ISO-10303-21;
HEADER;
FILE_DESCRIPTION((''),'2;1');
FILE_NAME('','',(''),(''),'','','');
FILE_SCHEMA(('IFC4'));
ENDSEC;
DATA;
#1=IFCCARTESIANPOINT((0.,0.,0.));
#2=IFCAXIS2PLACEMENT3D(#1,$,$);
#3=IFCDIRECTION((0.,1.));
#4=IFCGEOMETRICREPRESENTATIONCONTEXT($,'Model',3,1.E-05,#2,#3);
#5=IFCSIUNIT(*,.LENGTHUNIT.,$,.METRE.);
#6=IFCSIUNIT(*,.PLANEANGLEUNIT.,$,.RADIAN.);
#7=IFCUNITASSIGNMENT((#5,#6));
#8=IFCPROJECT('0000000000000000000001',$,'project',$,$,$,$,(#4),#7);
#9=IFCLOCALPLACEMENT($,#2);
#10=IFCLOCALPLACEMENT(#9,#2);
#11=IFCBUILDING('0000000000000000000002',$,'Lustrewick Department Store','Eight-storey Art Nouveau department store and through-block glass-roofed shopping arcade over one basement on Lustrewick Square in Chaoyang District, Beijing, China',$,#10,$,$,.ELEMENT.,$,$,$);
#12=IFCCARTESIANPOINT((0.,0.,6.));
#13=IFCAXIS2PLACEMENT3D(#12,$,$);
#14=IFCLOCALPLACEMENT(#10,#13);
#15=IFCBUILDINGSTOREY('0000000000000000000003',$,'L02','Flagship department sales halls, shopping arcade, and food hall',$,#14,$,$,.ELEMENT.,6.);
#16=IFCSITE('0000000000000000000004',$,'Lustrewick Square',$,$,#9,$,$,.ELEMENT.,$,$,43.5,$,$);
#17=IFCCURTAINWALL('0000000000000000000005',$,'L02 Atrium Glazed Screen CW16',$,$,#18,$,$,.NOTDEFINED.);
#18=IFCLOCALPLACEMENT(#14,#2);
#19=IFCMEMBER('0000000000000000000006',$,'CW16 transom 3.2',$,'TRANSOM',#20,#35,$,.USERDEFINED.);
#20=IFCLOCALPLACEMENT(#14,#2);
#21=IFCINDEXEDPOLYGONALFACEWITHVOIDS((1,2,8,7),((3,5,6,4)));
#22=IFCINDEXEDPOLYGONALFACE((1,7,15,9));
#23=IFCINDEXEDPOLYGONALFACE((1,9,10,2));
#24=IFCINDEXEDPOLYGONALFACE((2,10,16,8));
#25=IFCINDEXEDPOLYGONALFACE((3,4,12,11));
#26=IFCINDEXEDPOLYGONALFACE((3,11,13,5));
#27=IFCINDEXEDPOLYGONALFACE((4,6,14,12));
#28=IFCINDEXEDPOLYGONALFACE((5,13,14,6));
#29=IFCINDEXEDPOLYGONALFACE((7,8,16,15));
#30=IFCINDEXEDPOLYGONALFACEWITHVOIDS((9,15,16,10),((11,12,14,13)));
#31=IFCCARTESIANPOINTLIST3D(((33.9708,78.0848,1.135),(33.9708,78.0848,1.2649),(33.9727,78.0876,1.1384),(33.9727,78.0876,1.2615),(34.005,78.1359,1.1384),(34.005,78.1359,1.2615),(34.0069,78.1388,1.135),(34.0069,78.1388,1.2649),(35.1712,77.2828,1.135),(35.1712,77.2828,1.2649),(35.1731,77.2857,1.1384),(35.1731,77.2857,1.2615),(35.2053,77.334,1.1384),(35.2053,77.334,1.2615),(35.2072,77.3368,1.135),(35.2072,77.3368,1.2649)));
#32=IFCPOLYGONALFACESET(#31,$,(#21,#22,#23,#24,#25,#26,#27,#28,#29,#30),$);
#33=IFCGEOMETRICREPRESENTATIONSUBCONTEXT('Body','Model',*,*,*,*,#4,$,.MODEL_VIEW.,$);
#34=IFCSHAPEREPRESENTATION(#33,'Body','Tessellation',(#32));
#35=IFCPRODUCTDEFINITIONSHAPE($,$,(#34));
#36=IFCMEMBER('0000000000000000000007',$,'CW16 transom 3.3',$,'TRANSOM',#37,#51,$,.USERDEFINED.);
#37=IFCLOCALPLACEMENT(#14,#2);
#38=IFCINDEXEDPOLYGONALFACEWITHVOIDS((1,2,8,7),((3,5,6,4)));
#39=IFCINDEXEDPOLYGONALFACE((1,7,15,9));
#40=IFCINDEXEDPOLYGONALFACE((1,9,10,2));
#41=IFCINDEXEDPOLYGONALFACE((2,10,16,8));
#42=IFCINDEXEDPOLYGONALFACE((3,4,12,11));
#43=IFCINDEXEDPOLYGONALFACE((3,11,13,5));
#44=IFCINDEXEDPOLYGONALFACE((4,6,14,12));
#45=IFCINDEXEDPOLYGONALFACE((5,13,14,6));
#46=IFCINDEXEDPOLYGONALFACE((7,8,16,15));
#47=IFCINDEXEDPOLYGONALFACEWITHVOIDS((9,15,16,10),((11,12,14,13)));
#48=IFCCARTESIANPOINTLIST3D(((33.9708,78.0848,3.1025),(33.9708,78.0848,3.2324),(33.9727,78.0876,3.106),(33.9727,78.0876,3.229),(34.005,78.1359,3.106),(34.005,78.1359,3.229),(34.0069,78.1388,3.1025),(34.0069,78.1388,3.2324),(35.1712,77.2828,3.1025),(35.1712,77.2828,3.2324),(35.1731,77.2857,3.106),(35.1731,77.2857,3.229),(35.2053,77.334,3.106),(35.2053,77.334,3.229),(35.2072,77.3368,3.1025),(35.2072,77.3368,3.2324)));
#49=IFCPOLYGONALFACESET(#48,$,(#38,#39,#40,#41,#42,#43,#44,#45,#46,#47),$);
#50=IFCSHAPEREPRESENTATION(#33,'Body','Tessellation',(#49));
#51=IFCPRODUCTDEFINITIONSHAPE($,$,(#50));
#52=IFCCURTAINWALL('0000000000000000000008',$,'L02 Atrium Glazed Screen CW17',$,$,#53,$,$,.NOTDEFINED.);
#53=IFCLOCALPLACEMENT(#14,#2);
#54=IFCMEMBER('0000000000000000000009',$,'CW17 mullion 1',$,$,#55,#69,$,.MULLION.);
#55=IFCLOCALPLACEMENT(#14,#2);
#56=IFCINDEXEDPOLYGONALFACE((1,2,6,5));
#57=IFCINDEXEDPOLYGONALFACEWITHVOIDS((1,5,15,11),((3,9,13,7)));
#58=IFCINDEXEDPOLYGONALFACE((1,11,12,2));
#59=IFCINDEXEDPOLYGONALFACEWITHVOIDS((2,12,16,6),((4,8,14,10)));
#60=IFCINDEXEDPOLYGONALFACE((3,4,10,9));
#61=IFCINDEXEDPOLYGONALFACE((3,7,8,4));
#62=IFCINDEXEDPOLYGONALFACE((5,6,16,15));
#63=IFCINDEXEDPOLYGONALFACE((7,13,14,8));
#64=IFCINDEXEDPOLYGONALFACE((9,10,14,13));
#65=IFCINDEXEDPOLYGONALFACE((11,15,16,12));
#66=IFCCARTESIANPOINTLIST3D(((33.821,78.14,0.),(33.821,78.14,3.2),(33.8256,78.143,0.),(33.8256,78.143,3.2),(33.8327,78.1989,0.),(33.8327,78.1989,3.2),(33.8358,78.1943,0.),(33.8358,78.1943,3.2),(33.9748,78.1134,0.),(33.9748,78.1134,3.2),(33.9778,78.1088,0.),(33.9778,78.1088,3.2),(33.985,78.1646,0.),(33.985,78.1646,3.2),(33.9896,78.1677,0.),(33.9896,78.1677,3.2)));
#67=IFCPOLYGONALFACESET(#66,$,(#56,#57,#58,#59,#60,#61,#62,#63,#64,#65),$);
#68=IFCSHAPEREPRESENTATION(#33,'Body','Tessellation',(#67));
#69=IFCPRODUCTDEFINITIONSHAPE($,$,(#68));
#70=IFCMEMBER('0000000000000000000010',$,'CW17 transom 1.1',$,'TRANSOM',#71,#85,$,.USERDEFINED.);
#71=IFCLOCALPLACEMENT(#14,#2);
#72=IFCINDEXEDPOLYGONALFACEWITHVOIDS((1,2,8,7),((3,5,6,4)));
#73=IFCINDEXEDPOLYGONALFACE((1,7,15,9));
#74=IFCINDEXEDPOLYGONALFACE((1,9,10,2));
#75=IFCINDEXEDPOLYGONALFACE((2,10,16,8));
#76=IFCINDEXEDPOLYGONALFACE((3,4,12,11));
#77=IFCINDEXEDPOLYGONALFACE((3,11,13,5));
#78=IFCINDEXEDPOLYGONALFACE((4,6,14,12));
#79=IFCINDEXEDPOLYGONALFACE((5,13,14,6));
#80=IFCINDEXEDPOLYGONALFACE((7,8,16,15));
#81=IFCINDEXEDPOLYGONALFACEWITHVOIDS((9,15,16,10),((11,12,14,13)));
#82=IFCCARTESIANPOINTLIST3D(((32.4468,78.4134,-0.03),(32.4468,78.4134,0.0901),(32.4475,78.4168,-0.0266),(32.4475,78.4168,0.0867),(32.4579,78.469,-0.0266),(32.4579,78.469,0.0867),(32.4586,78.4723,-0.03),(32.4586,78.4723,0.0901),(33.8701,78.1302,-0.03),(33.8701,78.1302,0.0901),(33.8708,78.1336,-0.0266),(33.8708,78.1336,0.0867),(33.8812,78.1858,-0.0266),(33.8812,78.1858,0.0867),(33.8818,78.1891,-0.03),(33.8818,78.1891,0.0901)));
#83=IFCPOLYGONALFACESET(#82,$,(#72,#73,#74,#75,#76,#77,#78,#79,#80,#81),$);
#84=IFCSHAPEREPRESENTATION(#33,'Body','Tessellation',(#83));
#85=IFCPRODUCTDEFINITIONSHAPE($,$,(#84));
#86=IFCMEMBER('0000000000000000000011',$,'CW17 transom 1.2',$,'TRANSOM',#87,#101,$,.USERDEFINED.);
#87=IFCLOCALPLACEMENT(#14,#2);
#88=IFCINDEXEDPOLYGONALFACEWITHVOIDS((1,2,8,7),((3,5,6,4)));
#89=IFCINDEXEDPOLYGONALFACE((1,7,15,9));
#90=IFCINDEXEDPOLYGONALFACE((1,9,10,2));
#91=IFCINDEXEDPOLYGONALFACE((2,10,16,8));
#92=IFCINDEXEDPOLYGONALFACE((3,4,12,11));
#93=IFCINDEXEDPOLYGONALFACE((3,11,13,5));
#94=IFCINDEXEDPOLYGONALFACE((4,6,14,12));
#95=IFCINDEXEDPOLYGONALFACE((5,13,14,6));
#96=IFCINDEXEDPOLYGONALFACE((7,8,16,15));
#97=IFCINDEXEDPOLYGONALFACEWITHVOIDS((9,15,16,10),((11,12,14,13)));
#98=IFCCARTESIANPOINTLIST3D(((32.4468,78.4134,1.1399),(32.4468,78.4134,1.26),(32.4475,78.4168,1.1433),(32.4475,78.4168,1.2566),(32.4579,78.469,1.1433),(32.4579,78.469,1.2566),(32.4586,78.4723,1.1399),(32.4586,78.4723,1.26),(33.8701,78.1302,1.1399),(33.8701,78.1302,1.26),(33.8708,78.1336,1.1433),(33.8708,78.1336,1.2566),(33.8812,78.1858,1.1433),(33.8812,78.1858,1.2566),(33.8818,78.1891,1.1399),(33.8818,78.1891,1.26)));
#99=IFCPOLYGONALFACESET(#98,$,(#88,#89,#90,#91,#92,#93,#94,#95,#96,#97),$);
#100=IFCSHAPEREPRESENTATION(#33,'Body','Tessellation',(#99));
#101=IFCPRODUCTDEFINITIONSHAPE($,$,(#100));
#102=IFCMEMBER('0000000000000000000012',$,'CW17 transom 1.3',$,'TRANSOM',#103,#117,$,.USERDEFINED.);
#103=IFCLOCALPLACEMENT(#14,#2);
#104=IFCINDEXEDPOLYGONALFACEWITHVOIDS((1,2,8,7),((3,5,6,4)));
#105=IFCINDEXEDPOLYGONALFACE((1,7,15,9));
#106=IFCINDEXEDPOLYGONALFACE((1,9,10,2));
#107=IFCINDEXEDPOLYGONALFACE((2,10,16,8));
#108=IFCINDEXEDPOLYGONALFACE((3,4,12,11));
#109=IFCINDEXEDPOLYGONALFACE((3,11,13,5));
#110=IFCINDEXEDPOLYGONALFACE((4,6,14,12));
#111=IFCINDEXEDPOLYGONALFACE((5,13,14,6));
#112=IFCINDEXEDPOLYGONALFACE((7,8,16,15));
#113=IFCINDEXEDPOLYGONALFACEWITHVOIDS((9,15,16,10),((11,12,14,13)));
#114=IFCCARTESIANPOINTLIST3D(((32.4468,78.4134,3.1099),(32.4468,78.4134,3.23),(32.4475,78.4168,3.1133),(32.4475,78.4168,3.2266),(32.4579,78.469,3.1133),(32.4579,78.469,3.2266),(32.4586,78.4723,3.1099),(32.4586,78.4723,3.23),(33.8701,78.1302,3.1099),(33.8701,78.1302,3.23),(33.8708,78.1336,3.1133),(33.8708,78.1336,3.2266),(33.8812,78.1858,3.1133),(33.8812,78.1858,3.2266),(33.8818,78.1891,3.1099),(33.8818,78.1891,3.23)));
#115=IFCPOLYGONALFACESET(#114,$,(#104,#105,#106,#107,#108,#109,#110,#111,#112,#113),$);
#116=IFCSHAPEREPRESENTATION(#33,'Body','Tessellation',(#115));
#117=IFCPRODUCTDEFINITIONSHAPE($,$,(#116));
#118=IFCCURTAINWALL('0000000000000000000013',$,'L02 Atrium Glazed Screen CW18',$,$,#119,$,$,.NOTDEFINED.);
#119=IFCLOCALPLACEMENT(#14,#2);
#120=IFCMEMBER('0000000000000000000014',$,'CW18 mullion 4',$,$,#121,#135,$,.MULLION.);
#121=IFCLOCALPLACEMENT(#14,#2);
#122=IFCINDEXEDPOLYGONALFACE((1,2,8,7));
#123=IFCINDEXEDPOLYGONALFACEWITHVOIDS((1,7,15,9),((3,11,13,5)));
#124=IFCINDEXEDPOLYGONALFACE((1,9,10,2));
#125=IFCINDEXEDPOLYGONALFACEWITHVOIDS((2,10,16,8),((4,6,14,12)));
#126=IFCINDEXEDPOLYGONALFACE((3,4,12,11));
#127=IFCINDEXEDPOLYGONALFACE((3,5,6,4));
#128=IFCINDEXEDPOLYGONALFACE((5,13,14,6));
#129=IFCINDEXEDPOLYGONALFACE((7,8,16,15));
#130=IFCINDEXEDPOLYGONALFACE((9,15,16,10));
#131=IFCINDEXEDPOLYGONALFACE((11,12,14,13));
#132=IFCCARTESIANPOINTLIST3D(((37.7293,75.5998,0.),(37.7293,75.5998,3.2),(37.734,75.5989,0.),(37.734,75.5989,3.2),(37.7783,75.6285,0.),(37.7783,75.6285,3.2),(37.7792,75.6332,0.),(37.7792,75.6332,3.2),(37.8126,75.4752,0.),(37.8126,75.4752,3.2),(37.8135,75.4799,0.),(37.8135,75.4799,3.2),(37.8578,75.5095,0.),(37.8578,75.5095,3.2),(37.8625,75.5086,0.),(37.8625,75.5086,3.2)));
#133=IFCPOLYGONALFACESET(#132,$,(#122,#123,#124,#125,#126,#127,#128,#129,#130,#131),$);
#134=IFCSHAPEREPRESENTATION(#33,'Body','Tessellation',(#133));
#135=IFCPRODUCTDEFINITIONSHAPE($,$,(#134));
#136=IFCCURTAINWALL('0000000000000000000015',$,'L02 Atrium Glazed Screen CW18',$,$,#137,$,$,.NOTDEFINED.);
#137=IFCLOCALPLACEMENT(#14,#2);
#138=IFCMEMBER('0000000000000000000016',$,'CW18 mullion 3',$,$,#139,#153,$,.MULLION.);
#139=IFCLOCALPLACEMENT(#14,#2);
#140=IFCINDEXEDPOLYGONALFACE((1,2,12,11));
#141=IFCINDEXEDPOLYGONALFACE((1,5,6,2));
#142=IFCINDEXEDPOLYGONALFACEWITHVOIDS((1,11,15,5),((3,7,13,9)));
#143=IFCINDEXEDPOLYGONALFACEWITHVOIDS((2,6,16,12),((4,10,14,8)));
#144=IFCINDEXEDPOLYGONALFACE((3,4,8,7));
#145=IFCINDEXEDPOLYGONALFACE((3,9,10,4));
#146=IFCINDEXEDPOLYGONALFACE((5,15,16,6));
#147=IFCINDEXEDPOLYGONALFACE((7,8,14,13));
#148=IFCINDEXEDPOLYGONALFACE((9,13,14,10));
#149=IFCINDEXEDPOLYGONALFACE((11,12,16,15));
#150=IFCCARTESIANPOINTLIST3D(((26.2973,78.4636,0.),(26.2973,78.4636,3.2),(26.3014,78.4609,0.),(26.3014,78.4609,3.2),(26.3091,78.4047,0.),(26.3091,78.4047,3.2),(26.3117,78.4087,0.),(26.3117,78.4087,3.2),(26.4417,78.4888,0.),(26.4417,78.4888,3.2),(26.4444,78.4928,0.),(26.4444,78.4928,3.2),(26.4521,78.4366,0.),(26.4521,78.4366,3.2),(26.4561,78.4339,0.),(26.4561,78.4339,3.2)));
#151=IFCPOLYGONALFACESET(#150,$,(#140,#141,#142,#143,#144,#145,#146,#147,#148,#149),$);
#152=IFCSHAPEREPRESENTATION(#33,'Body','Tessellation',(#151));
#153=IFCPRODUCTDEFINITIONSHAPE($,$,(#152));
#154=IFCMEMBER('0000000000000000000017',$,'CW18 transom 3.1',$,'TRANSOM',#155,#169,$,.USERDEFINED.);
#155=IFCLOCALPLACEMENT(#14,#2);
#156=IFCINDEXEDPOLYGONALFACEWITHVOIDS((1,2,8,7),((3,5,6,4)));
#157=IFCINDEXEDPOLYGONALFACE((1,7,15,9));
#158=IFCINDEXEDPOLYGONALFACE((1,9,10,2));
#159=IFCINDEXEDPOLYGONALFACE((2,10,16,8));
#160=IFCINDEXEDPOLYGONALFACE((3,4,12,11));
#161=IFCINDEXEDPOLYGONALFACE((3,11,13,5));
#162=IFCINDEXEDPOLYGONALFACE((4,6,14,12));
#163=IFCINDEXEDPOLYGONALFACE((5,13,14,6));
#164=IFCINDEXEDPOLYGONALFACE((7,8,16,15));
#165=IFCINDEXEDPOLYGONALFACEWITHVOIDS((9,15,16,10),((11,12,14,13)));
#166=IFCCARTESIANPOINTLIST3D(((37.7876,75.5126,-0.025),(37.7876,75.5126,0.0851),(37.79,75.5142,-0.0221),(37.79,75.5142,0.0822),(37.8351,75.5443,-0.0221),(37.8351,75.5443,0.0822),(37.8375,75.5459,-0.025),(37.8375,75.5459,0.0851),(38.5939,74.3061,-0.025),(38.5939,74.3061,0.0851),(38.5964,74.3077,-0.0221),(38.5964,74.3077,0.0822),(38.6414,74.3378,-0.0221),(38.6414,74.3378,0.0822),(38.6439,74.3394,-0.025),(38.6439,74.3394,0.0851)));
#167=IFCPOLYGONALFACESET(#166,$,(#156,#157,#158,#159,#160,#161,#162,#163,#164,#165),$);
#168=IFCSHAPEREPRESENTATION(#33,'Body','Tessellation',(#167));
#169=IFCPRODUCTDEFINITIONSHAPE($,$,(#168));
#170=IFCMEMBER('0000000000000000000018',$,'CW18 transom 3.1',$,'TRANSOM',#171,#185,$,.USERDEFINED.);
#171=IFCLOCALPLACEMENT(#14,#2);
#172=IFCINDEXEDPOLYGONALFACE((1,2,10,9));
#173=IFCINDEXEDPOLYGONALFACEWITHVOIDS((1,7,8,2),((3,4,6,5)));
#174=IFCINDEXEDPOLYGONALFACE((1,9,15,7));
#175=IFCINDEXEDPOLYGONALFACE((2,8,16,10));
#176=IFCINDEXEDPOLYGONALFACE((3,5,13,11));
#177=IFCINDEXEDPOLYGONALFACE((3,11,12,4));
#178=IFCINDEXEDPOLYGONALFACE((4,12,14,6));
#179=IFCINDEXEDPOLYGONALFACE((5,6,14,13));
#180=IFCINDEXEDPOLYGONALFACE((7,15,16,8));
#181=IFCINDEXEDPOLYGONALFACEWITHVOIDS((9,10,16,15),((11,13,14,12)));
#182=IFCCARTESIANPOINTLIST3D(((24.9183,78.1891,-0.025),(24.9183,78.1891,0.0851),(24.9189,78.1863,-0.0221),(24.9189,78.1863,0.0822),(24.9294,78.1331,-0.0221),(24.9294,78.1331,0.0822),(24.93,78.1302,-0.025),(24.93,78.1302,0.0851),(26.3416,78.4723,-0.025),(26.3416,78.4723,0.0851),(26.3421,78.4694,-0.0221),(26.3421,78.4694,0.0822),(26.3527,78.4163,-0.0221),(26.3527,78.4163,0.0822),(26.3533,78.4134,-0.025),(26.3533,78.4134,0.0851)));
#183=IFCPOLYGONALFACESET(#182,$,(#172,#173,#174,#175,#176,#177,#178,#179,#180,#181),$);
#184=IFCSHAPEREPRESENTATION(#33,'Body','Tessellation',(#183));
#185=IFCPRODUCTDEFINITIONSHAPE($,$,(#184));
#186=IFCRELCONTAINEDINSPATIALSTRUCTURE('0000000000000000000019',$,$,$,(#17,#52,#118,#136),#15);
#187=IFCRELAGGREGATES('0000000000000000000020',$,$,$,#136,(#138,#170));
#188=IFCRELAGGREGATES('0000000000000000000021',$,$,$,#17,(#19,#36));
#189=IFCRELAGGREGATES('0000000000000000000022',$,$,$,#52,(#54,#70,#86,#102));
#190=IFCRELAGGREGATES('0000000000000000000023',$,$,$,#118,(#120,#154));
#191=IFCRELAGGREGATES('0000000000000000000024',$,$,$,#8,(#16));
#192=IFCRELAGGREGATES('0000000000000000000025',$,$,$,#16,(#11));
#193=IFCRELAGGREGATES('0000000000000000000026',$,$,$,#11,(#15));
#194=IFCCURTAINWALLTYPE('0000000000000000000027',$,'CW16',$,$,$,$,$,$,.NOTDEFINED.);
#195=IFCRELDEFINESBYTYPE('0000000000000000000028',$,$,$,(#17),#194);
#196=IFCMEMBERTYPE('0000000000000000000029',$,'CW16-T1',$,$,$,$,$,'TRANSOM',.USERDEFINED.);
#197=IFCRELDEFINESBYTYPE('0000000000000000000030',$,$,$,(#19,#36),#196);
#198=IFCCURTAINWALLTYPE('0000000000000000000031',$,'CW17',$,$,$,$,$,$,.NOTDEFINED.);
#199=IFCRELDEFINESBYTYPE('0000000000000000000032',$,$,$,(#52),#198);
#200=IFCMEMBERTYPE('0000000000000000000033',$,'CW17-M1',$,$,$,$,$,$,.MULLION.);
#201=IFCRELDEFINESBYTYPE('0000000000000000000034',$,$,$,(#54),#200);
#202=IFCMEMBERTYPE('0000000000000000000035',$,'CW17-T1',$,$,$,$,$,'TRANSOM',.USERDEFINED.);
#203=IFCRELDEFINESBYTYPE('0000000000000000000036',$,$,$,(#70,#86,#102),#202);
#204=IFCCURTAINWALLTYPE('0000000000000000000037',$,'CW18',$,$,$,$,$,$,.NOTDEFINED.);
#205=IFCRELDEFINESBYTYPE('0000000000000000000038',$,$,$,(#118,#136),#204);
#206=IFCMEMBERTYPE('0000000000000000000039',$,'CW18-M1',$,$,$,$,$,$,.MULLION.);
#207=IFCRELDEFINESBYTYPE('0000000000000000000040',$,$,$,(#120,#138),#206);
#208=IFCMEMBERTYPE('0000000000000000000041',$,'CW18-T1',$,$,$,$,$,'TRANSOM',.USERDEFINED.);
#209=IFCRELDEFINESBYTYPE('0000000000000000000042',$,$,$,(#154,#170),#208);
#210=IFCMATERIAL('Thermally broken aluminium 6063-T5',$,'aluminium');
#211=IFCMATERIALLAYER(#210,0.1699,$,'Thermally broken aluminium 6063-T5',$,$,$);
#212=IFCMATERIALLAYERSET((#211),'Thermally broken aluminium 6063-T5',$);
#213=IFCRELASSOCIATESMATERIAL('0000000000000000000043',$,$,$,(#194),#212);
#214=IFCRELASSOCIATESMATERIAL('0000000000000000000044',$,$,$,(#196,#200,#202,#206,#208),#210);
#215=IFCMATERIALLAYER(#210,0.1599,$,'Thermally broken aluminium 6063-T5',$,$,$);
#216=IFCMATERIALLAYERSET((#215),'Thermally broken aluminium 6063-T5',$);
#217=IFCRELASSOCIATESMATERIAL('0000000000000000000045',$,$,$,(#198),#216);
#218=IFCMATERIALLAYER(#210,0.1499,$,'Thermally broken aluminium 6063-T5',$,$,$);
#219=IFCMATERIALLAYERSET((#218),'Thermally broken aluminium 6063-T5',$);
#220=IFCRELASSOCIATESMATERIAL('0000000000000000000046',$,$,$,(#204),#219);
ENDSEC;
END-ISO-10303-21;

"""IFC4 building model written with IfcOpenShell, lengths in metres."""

from ifc_helpers import new_model, si_unit, direction, frame, origin, origin_2d, place, context, subcontext, project, spatial, hollow_rectangle, extrude, material, layer, layer_set, material_profile, profile_set, type_object, element, aggregate, save


model = new_model("IFC4")

# Units and contexts
model_context = context("Model", 3, precision=1e-05, world=origin(), true_north=direction((0.0, 1.0)))
body_context = subcontext(model_context, "Body", "Model", "MODEL_VIEW")
ifc_project = project(units=[si_unit("LENGTHUNIT", "METRE"), si_unit("PLANEANGLEUNIT", "RADIAN")], contexts=[model_context])

# Site, building, storey
site_placement = place(None, origin())
site = spatial("IfcSite", under=ifc_project, at=site_placement, Name="Lustrewick Square", CompositionType="ELEMENT", RefElevation=43.5)
building_placement = place(site_placement, origin())
building = spatial("IfcBuilding", under=site, at=building_placement, Name="Lustrewick Department Store", Description="Eight-storey Art Nouveau department store and through-block glass-roofed shopping arcade over one basement on Lustrewick Square in Chaoyang District, Beijing, China", CompositionType="ELEMENT")
storey_placement = place(building_placement, frame((0.0, 0.0, 6.0)))
storey = spatial("IfcBuildingStorey", under=building, at=storey_placement, Name="L02", Description="Flagship department sales halls, shopping arcade, and food hall", CompositionType="ELEMENT", Elevation=6.0)

# Curtain walls, members
ifc_material_1 = material(Name="Thermally broken aluminium 6063-T5", Category="aluminium")
ifc_layer_1 = layer(ifc_material_1, 0.1699, Name="Thermally broken aluminium 6063-T5")
ifc_layer_set_1 = layer_set([ifc_layer_1], Name="Thermally broken aluminium 6063-T5")
curtain_wall_type_1 = type_object("IfcCurtainWallType", Name="CW16", PredefinedType="NOTDEFINED", material=ifc_layer_set_1)
curtain_wall_1_placement = place(storey_placement, origin())
curtain_wall_1 = element("IfcCurtainWall", 1, at=curtain_wall_1_placement, inside=storey, type_object=curtain_wall_type_1, Name="L02 Atrium Glazed Screen CW16", PredefinedType="NOTDEFINED")
ifc_material_profile_1 = material_profile(ifc_material_1, hollow_rectangle(XDim=0.0649, YDim=0.1299, WallThickness=0.0034, at=origin_2d()), Name="ALU-T 65x130x3.5")
ifc_profile_set_1 = profile_set([ifc_material_profile_1], Name="Thermally broken aluminium 6063-T5")
member_type_1 = type_object("IfcMemberType", Name="CW16-T1", ElementType="TRANSOM", PredefinedType="USERDEFINED", material=ifc_profile_set_1)
member_1_placement = place(storey_placement, frame((35.1892, 77.3098, 1.2), z_axis=(-0.831504, 0.555519, 0.0), x_axis=(-0.555519, -0.831504, 0.0)))
member_1 = element("IfcMember", 2, at=member_1_placement, type_object=member_type_1, Name="CW16 transom 3.2", ObjectType="TRANSOM", PredefinedType="USERDEFINED", context=body_context, shape_type="SweptSolid", body=[
    extrude(hollow_rectangle(XDim=0.0649, YDim=0.1299, WallThickness=0.0034, at=origin_2d()), origin(), (0.0, 0.0, 1.0), 1.4436),
])
member_2_placement = place(storey_placement, frame((35.1892, 77.3098, 3.1675), z_axis=(-0.831504, 0.555519, 0.0), x_axis=(-0.555519, -0.831504, 0.0)))
member_2 = element("IfcMember", 3, at=member_2_placement, type_object=member_type_1, Name="CW16 transom 3.3", ObjectType="TRANSOM", PredefinedType="USERDEFINED", context=body_context, shape_type="SweptSolid", body=[
    extrude(hollow_rectangle(XDim=0.0649, YDim=0.1299, WallThickness=0.0034, at=origin_2d()), origin(), (0.0, 0.0, 1.0), 1.4436),
])
ifc_layer_2 = layer(ifc_material_1, 0.1599, Name="Thermally broken aluminium 6063-T5")
ifc_layer_set_2 = layer_set([ifc_layer_2], Name="Thermally broken aluminium 6063-T5")
curtain_wall_type_2 = type_object("IfcCurtainWallType", Name="CW17", PredefinedType="NOTDEFINED", material=ifc_layer_set_2)
curtain_wall_2_placement = place(storey_placement, origin())
curtain_wall_2 = element("IfcCurtainWall", 4, at=curtain_wall_2_placement, inside=storey, type_object=curtain_wall_type_2, Name="L02 Atrium Glazed Screen CW17", PredefinedType="NOTDEFINED")
ifc_material_profile_2 = material_profile(ifc_material_1, hollow_rectangle(XDim=0.0601, YDim=0.1599, WallThickness=0.0039, at=origin_2d()), Name="ALU-M 60x160x4")
ifc_profile_set_2 = profile_set([ifc_material_profile_2], Name="Thermally broken aluminium 6063-T5")
member_type_2 = type_object("IfcMemberType", Name="CW17-M1", PredefinedType="MULLION", material=ifc_profile_set_2)
member_3_placement = place(storey_placement, frame((33.9053, 78.1538, 0.0), z_axis=(0.0, 0.0, 1.0), x_axis=(-0.195085, -0.980786, 0.0)))
member_3 = element("IfcMember", 5, at=member_3_placement, type_object=member_type_2, Name="CW17 mullion 1", PredefinedType="MULLION", context=body_context, shape_type="SweptSolid", body=[
    extrude(hollow_rectangle(XDim=0.0601, YDim=0.1599, WallThickness=0.0039, at=origin_2d()), origin(), (0.0, 0.0, 1.0), 3.2),
])
ifc_material_profile_3 = material_profile(ifc_material_1, hollow_rectangle(XDim=0.0601, YDim=0.1201, WallThickness=0.0034, at=origin_2d()), Name="ALU-T 60x120x3.5")
ifc_profile_set_3 = profile_set([ifc_material_profile_3], Name="Thermally broken aluminium 6063-T5")
member_type_3 = type_object("IfcMemberType", Name="CW17-T1", ElementType="TRANSOM", PredefinedType="USERDEFINED", material=ifc_profile_set_3)
member_4_placement = place(storey_placement, frame((33.876, 78.1597, 0.03), z_axis=(-0.980774, 0.195145, 0.0), x_axis=(-0.195145, -0.980774, 0.0)))
member_4 = element("IfcMember", 6, at=member_4_placement, type_object=member_type_3, Name="CW17 transom 1.1", ObjectType="TRANSOM", PredefinedType="USERDEFINED", context=body_context, shape_type="SweptSolid", body=[
    extrude(hollow_rectangle(XDim=0.0601, YDim=0.1201, WallThickness=0.0034, at=origin_2d()), origin(), (0.0, 0.0, 1.0), 1.4512),
])
member_5_placement = place(storey_placement, frame((33.876, 78.1597, 1.2), z_axis=(-0.980774, 0.195145, 0.0), x_axis=(-0.195145, -0.980774, 0.0)))
member_5 = element("IfcMember", 7, at=member_5_placement, type_object=member_type_3, Name="CW17 transom 1.2", ObjectType="TRANSOM", PredefinedType="USERDEFINED", context=body_context, shape_type="SweptSolid", body=[
    extrude(hollow_rectangle(XDim=0.0601, YDim=0.1201, WallThickness=0.0034, at=origin_2d()), origin(), (0.0, 0.0, 1.0), 1.4512),
])
member_6_placement = place(storey_placement, frame((33.876, 78.1597, 3.1699), z_axis=(-0.980774, 0.195145, 0.0), x_axis=(-0.195145, -0.980774, 0.0)))
member_6 = element("IfcMember", 8, at=member_6_placement, type_object=member_type_3, Name="CW17 transom 1.3", ObjectType="TRANSOM", PredefinedType="USERDEFINED", context=body_context, shape_type="SweptSolid", body=[
    extrude(hollow_rectangle(XDim=0.0601, YDim=0.1201, WallThickness=0.0034, at=origin_2d()), origin(), (0.0, 0.0, 1.0), 1.4512),
])

# Curtain walls, members
ifc_layer_3 = layer(ifc_material_1, 0.1499, Name="Thermally broken aluminium 6063-T5")
ifc_layer_set_3 = layer_set([ifc_layer_3], Name="Thermally broken aluminium 6063-T5")
curtain_wall_type_3 = type_object("IfcCurtainWallType", Name="CW18", PredefinedType="NOTDEFINED", material=ifc_layer_set_3)
curtain_wall_3_placement = place(storey_placement, origin())
curtain_wall_3 = element("IfcCurtainWall", 9, at=curtain_wall_3_placement, inside=storey, type_object=curtain_wall_type_3, Name="L02 Atrium Glazed Screen CW18", PredefinedType="NOTDEFINED")
ifc_material_profile_4 = material_profile(ifc_material_1, hollow_rectangle(XDim=0.0601, YDim=0.1499, WallThickness=0.0034, at=origin_2d()), Name="ALU-M 60x150x3.5")
ifc_profile_set_4 = profile_set([ifc_material_profile_4], Name="Thermally broken aluminium 6063-T5")
member_type_4 = type_object("IfcMemberType", Name="CW18-M1", PredefinedType="MULLION", material=ifc_profile_set_4)
member_7_placement = place(storey_placement, frame((37.7959, 75.5542, 0.0), z_axis=(0.0, 0.0, 1.0), x_axis=(-0.831464, -0.555578, 0.0)))
member_7 = element("IfcMember", 10, at=member_7_placement, type_object=member_type_4, Name="CW18 mullion 4", PredefinedType="MULLION", context=body_context, shape_type="SweptSolid", body=[
    extrude(hollow_rectangle(XDim=0.0601, YDim=0.1499, WallThickness=0.0034, at=origin_2d()), origin(), (0.0, 0.0, 1.0), 3.2),
])
curtain_wall_4_placement = place(storey_placement, origin())
curtain_wall_4 = element("IfcCurtainWall", 11, at=curtain_wall_4_placement, inside=storey, type_object=curtain_wall_type_3, Name="L02 Atrium Glazed Screen CW18", PredefinedType="NOTDEFINED")
member_8_placement = place(storey_placement, frame((26.3767, 78.4487, 0.0), z_axis=(0.0, 0.0, 1.0), x_axis=(0.195085, -0.980786, 0.0)))
member_8 = element("IfcMember", 12, at=member_8_placement, type_object=member_type_4, Name="CW18 mullion 3", PredefinedType="MULLION", context=body_context, shape_type="SweptSolid", body=[
    extrude(hollow_rectangle(XDim=0.0601, YDim=0.1499, WallThickness=0.0034, at=origin_2d()), origin(), (0.0, 0.0, 1.0), 3.2),
])

# Members
ifc_material_profile_5 = material_profile(ifc_material_1, hollow_rectangle(XDim=0.0601, YDim=0.1101, WallThickness=0.0029, at=origin_2d()), Name="ALU-T 60x110x3")
ifc_profile_set_5 = profile_set([ifc_material_profile_5], Name="Thermally broken aluminium 6063-T5")
member_type_5 = type_object("IfcMemberType", Name="CW18-T1", ElementType="TRANSOM", PredefinedType="USERDEFINED", material=ifc_profile_set_5)
member_9_placement = place(storey_placement, frame((38.6189, 74.3228, 0.03), z_axis=(-0.55567, 0.831403, 0.0), x_axis=(-0.831403, -0.55567, 0.0)))
member_9 = element("IfcMember", 13, at=member_9_placement, type_object=member_type_5, Name="CW18 transom 3.1", ObjectType="TRANSOM", PredefinedType="USERDEFINED", context=body_context, shape_type="SweptSolid", body=[
    extrude(hollow_rectangle(XDim=0.0601, YDim=0.1101, WallThickness=0.0029, at=origin_2d()), origin(), (0.0, 0.0, 1.0), 1.4512),
])
member_10_placement = place(storey_placement, frame((26.3474, 78.4429, 0.03), z_axis=(-0.980774, -0.195145, 0.0), x_axis=(0.195145, -0.980774, 0.0)))
member_10 = element("IfcMember", 14, at=member_10_placement, type_object=member_type_5, Name="CW18 transom 3.1", ObjectType="TRANSOM", PredefinedType="USERDEFINED", context=body_context, shape_type="SweptSolid", body=[
    extrude(hollow_rectangle(XDim=0.0601, YDim=0.1101, WallThickness=0.0029, at=origin_2d()), origin(), (0.0, 0.0, 1.0), 1.4512),
])
aggregate(curtain_wall_4, [member_8, member_10])

aggregate(curtain_wall_1, [member_1, member_2])
aggregate(curtain_wall_2, [member_3, member_4, member_5, member_6])
aggregate(curtain_wall_3, [member_7, member_9])

save(model, "model.ifc")
